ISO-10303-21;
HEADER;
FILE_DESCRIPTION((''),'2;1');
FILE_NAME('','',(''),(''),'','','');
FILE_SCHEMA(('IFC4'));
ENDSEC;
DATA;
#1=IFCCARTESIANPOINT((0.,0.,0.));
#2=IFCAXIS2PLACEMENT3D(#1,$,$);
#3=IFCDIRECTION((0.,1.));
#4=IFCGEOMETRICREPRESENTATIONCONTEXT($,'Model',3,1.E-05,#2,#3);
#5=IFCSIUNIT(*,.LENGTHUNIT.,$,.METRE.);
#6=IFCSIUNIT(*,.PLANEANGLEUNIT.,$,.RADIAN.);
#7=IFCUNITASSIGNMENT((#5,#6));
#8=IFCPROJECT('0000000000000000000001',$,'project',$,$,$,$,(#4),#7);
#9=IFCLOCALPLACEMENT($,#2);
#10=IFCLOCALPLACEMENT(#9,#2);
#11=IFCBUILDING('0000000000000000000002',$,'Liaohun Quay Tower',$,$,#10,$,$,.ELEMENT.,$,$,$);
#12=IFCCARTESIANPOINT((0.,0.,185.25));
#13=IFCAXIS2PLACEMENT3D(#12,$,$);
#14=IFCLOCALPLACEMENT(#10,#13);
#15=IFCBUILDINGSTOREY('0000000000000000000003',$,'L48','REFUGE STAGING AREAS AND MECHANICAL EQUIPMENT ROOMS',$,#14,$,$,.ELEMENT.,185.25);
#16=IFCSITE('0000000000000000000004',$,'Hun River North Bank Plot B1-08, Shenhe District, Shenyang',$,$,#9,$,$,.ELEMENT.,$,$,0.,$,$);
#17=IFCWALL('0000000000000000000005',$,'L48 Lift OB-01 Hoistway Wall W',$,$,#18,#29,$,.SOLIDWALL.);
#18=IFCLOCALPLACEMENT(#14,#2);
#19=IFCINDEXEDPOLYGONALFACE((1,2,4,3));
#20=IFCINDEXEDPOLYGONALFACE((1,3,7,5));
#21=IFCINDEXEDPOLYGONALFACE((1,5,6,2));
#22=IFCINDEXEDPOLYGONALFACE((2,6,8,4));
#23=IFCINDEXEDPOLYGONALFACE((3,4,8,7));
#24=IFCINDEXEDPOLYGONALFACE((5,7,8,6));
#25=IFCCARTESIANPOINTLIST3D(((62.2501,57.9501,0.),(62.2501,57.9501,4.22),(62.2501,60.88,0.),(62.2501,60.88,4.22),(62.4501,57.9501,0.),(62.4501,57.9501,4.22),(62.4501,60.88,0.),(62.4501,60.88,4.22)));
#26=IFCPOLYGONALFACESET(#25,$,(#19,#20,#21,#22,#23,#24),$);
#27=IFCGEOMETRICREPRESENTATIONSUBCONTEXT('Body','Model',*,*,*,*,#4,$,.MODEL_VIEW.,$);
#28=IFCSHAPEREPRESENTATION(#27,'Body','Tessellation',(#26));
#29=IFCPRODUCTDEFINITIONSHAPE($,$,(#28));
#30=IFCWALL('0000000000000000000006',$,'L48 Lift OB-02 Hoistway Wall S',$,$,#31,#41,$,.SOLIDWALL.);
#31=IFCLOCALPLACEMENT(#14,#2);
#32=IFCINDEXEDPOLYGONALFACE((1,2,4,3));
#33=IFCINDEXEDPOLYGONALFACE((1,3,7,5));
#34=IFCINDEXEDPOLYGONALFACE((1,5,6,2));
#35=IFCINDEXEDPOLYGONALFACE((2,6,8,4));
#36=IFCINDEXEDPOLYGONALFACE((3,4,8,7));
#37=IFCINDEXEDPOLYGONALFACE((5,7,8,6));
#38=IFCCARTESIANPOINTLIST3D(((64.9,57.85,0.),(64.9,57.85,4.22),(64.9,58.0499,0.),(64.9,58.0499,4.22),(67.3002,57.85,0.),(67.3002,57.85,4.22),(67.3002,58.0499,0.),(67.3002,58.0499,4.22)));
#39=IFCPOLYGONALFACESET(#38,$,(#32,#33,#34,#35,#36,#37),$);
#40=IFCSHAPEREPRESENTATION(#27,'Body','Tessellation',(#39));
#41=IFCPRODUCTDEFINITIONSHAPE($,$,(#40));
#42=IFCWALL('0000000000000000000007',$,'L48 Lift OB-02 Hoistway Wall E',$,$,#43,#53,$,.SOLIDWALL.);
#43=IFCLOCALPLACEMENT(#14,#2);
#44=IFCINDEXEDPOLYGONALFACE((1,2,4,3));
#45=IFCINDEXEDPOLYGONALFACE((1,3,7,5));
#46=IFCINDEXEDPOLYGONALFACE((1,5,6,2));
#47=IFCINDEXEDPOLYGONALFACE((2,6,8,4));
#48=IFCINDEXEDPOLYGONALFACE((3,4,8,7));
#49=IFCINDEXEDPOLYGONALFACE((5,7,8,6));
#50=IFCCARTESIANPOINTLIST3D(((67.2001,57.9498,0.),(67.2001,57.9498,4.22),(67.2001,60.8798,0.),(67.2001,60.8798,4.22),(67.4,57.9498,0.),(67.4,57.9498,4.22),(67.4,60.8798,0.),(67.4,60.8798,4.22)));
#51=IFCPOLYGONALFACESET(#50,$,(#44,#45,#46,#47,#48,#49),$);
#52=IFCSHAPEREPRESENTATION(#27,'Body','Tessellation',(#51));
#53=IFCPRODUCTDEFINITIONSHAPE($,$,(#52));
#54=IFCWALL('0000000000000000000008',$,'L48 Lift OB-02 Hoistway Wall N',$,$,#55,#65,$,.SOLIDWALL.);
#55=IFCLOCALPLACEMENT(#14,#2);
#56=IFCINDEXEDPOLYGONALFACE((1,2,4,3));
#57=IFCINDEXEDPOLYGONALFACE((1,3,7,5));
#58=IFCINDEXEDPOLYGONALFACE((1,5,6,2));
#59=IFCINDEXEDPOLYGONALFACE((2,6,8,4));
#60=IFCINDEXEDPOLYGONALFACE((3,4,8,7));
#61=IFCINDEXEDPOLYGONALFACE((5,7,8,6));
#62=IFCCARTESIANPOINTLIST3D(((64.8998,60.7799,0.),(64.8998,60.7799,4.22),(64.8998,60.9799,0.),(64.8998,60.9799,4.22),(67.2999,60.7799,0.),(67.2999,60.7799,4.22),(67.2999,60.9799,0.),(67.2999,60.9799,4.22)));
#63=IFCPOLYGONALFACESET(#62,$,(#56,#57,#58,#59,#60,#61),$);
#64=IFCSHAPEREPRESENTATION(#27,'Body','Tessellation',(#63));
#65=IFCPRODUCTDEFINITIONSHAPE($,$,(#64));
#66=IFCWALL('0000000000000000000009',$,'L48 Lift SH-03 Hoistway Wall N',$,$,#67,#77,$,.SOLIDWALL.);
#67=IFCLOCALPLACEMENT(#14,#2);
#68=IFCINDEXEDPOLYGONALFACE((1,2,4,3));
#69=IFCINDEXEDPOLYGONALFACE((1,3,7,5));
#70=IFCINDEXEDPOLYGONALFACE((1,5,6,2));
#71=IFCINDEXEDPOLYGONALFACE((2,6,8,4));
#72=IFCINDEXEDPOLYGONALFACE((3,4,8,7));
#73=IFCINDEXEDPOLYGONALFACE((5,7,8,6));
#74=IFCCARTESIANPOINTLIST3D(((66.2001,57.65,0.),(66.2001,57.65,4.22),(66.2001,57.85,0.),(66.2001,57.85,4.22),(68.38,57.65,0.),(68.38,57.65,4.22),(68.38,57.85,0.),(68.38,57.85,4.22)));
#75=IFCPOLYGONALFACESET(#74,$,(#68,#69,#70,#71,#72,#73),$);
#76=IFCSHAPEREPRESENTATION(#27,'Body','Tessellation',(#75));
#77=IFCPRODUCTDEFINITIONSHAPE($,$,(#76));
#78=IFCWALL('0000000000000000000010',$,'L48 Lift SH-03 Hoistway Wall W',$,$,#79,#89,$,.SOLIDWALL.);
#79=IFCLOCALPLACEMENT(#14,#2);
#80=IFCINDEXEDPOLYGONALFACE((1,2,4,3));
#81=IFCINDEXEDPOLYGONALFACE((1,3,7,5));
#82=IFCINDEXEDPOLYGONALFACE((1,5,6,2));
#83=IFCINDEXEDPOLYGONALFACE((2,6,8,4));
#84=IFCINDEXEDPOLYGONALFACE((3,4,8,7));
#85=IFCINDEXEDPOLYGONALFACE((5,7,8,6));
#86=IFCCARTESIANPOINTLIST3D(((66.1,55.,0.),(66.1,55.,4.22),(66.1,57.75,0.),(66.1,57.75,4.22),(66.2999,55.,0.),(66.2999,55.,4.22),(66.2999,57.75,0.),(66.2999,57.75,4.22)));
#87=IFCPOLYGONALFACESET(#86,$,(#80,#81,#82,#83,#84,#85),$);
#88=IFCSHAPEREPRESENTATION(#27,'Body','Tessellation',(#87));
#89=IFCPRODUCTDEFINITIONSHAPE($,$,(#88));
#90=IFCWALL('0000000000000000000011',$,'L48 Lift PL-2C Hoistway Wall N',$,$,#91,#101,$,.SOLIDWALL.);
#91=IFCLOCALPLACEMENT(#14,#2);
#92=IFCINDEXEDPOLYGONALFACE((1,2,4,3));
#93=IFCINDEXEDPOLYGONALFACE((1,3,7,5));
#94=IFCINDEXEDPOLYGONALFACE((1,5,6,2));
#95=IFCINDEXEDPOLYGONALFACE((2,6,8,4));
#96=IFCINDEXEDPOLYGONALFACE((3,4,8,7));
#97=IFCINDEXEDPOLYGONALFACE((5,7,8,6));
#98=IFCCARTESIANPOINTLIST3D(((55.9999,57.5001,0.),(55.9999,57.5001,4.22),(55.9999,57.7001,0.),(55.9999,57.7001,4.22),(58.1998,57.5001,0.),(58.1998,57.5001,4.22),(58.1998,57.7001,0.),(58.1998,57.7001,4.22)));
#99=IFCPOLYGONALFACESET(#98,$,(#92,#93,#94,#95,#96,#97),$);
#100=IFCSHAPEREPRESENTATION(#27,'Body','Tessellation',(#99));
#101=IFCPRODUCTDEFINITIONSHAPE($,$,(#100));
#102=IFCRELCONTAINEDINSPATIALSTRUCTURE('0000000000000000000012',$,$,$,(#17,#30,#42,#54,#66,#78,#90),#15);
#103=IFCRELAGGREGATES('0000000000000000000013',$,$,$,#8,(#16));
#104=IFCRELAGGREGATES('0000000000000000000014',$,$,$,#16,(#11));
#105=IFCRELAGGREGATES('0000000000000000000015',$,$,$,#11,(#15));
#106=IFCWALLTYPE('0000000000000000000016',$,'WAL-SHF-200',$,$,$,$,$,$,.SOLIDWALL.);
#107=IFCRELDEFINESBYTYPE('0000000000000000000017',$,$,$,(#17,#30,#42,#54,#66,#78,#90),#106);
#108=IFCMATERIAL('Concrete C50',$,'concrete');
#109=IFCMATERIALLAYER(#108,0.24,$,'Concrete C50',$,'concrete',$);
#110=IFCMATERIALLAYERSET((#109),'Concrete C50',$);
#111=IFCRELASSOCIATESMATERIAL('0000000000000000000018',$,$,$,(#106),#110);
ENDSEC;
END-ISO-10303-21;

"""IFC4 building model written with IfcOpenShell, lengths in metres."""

from ifc_helpers import new_model, si_unit, direction, frame, frame_2d, origin, place, context, subcontext, project, spatial, rectangle, extrude, material, layer, layer_set, type_object, element, save


model = new_model("IFC4")

# Units and contexts
model_context = context("Model", 3, precision=1e-05, world=origin(), true_north=direction((0.0, 1.0)))
body_context = subcontext(model_context, "Body", "Model", "MODEL_VIEW")
ifc_project = project(units=[si_unit("LENGTHUNIT", "METRE"), si_unit("PLANEANGLEUNIT", "RADIAN")], contexts=[model_context])

# Site, building, storey
site_placement = place(None, origin())
site = spatial("IfcSite", under=ifc_project, at=site_placement, Name="Hun River North Bank Plot B1-08, Shenhe District, Shenyang", CompositionType="ELEMENT", RefElevation=0.0)
building_placement = place(site_placement, origin())
building = spatial("IfcBuilding", under=site, at=building_placement, Name="Liaohun Quay Tower", CompositionType="ELEMENT")
storey_placement = place(building_placement, frame((0.0, 0.0, 185.25)))
storey = spatial("IfcBuildingStorey", under=building, at=storey_placement, Name="L48", Description="REFUGE STAGING AREAS AND MECHANICAL EQUIPMENT ROOMS", CompositionType="ELEMENT", Elevation=185.25)

# Walls
ifc_material_1 = material(Name="Concrete C50", Category="concrete")
ifc_layer_1 = layer(ifc_material_1, 0.24, Name="Concrete C50", Category="concrete")
ifc_layer_set_1 = layer_set([ifc_layer_1], Name="Concrete C50")
wall_type_1 = type_object("IfcWallType", Name="WAL-SHF-200", PredefinedType="SOLIDWALL", material=ifc_layer_set_1)
wall_1_placement = place(storey_placement, frame((62.3501, 60.8799, 0.0), z_axis=(0.0, 0.0, 1.0), x_axis=(0.0, -1.0, 0.0)))
element("IfcWall", 1, at=wall_1_placement, inside=storey, type_object=wall_type_1, Name="L48 Lift OB-01 Hoistway Wall W", PredefinedType="SOLIDWALL", context=body_context, shape_type="SweptSolid", body=[
    extrude(rectangle(XDim=2.9299, YDim=0.2, at=frame_2d((1.4648, 0.0))), origin(), (0.0, 0.0, 1.0), 4.22),
])
wall_2_placement = place(storey_placement, frame((64.8999, 57.95, 0.0), z_axis=(0.0, 0.0, 1.0), x_axis=(1.0, 0.0, 0.0)))
element("IfcWall", 2, at=wall_2_placement, inside=storey, type_object=wall_type_1, Name="L48 Lift OB-02 Hoistway Wall S", PredefinedType="SOLIDWALL", context=body_context, shape_type="SweptSolid", body=[
    extrude(rectangle(XDim=2.4001, YDim=0.2, at=frame_2d((1.2002, 0.0))), origin(), (0.0, 0.0, 1.0), 4.22),
])
wall_3_placement = place(storey_placement, frame((67.3, 57.95, 0.0), z_axis=(0.0, 0.0, 1.0), x_axis=(0.0, 1.0, 0.0)))
element("IfcWall", 3, at=wall_3_placement, inside=storey, type_object=wall_type_1, Name="L48 Lift OB-02 Hoistway Wall E", PredefinedType="SOLIDWALL", context=body_context, shape_type="SweptSolid", body=[
    extrude(rectangle(XDim=2.9299, YDim=0.2, at=frame_2d((1.4648, 0.0))), origin(), (0.0, 0.0, 1.0), 4.22),
])
wall_4_placement = place(storey_placement, frame((67.3, 60.8799, 0.0), z_axis=(0.0, 0.0, 1.0), x_axis=(-1.0, 0.0, 0.0)))
element("IfcWall", 4, at=wall_4_placement, inside=storey, type_object=wall_type_1, Name="L48 Lift OB-02 Hoistway Wall N", PredefinedType="SOLIDWALL", context=body_context, shape_type="SweptSolid", body=[
    extrude(rectangle(XDim=2.4001, YDim=0.2, at=frame_2d((1.2002, 0.0))), origin(), (0.0, 0.0, 1.0), 4.22),
])
wall_5_placement = place(storey_placement, frame((68.3799, 57.75, 0.0), z_axis=(0.0, 0.0, 1.0), x_axis=(-1.0, 0.0, 0.0)))
element("IfcWall", 5, at=wall_5_placement, inside=storey, type_object=wall_type_1, Name="L48 Lift SH-03 Hoistway Wall N", PredefinedType="SOLIDWALL", context=body_context, shape_type="SweptSolid", body=[
    extrude(rectangle(XDim=2.1799, YDim=0.2, at=frame_2d((1.0898, 0.0))), origin(), (0.0, 0.0, 1.0), 4.22),
])
wall_6_placement = place(storey_placement, frame((66.2, 57.75, 0.0), z_axis=(0.0, 0.0, 1.0), x_axis=(0.0, -1.0, 0.0)))
element("IfcWall", 6, at=wall_6_placement, inside=storey, type_object=wall_type_1, Name="L48 Lift SH-03 Hoistway Wall W", PredefinedType="SOLIDWALL", context=body_context, shape_type="SweptSolid", body=[
    extrude(rectangle(XDim=2.75, YDim=0.2, at=frame_2d((1.375, 0.0))), origin(), (0.0, 0.0, 1.0), 4.22),
])
wall_7_placement = place(storey_placement, frame((58.2, 57.6001, 0.0), z_axis=(0.0, 0.0, 1.0), x_axis=(-1.0, 0.0, 0.0)))
element("IfcWall", 7, at=wall_7_placement, inside=storey, type_object=wall_type_1, Name="L48 Lift PL-2C Hoistway Wall N", PredefinedType="SOLIDWALL", context=body_context, shape_type="SweptSolid", body=[
    extrude(rectangle(XDim=2.2, YDim=0.2, at=frame_2d((1.1001, 0.0))), origin(), (0.0, 0.0, 1.0), 4.22),
])

save(model, "model.ifc")
